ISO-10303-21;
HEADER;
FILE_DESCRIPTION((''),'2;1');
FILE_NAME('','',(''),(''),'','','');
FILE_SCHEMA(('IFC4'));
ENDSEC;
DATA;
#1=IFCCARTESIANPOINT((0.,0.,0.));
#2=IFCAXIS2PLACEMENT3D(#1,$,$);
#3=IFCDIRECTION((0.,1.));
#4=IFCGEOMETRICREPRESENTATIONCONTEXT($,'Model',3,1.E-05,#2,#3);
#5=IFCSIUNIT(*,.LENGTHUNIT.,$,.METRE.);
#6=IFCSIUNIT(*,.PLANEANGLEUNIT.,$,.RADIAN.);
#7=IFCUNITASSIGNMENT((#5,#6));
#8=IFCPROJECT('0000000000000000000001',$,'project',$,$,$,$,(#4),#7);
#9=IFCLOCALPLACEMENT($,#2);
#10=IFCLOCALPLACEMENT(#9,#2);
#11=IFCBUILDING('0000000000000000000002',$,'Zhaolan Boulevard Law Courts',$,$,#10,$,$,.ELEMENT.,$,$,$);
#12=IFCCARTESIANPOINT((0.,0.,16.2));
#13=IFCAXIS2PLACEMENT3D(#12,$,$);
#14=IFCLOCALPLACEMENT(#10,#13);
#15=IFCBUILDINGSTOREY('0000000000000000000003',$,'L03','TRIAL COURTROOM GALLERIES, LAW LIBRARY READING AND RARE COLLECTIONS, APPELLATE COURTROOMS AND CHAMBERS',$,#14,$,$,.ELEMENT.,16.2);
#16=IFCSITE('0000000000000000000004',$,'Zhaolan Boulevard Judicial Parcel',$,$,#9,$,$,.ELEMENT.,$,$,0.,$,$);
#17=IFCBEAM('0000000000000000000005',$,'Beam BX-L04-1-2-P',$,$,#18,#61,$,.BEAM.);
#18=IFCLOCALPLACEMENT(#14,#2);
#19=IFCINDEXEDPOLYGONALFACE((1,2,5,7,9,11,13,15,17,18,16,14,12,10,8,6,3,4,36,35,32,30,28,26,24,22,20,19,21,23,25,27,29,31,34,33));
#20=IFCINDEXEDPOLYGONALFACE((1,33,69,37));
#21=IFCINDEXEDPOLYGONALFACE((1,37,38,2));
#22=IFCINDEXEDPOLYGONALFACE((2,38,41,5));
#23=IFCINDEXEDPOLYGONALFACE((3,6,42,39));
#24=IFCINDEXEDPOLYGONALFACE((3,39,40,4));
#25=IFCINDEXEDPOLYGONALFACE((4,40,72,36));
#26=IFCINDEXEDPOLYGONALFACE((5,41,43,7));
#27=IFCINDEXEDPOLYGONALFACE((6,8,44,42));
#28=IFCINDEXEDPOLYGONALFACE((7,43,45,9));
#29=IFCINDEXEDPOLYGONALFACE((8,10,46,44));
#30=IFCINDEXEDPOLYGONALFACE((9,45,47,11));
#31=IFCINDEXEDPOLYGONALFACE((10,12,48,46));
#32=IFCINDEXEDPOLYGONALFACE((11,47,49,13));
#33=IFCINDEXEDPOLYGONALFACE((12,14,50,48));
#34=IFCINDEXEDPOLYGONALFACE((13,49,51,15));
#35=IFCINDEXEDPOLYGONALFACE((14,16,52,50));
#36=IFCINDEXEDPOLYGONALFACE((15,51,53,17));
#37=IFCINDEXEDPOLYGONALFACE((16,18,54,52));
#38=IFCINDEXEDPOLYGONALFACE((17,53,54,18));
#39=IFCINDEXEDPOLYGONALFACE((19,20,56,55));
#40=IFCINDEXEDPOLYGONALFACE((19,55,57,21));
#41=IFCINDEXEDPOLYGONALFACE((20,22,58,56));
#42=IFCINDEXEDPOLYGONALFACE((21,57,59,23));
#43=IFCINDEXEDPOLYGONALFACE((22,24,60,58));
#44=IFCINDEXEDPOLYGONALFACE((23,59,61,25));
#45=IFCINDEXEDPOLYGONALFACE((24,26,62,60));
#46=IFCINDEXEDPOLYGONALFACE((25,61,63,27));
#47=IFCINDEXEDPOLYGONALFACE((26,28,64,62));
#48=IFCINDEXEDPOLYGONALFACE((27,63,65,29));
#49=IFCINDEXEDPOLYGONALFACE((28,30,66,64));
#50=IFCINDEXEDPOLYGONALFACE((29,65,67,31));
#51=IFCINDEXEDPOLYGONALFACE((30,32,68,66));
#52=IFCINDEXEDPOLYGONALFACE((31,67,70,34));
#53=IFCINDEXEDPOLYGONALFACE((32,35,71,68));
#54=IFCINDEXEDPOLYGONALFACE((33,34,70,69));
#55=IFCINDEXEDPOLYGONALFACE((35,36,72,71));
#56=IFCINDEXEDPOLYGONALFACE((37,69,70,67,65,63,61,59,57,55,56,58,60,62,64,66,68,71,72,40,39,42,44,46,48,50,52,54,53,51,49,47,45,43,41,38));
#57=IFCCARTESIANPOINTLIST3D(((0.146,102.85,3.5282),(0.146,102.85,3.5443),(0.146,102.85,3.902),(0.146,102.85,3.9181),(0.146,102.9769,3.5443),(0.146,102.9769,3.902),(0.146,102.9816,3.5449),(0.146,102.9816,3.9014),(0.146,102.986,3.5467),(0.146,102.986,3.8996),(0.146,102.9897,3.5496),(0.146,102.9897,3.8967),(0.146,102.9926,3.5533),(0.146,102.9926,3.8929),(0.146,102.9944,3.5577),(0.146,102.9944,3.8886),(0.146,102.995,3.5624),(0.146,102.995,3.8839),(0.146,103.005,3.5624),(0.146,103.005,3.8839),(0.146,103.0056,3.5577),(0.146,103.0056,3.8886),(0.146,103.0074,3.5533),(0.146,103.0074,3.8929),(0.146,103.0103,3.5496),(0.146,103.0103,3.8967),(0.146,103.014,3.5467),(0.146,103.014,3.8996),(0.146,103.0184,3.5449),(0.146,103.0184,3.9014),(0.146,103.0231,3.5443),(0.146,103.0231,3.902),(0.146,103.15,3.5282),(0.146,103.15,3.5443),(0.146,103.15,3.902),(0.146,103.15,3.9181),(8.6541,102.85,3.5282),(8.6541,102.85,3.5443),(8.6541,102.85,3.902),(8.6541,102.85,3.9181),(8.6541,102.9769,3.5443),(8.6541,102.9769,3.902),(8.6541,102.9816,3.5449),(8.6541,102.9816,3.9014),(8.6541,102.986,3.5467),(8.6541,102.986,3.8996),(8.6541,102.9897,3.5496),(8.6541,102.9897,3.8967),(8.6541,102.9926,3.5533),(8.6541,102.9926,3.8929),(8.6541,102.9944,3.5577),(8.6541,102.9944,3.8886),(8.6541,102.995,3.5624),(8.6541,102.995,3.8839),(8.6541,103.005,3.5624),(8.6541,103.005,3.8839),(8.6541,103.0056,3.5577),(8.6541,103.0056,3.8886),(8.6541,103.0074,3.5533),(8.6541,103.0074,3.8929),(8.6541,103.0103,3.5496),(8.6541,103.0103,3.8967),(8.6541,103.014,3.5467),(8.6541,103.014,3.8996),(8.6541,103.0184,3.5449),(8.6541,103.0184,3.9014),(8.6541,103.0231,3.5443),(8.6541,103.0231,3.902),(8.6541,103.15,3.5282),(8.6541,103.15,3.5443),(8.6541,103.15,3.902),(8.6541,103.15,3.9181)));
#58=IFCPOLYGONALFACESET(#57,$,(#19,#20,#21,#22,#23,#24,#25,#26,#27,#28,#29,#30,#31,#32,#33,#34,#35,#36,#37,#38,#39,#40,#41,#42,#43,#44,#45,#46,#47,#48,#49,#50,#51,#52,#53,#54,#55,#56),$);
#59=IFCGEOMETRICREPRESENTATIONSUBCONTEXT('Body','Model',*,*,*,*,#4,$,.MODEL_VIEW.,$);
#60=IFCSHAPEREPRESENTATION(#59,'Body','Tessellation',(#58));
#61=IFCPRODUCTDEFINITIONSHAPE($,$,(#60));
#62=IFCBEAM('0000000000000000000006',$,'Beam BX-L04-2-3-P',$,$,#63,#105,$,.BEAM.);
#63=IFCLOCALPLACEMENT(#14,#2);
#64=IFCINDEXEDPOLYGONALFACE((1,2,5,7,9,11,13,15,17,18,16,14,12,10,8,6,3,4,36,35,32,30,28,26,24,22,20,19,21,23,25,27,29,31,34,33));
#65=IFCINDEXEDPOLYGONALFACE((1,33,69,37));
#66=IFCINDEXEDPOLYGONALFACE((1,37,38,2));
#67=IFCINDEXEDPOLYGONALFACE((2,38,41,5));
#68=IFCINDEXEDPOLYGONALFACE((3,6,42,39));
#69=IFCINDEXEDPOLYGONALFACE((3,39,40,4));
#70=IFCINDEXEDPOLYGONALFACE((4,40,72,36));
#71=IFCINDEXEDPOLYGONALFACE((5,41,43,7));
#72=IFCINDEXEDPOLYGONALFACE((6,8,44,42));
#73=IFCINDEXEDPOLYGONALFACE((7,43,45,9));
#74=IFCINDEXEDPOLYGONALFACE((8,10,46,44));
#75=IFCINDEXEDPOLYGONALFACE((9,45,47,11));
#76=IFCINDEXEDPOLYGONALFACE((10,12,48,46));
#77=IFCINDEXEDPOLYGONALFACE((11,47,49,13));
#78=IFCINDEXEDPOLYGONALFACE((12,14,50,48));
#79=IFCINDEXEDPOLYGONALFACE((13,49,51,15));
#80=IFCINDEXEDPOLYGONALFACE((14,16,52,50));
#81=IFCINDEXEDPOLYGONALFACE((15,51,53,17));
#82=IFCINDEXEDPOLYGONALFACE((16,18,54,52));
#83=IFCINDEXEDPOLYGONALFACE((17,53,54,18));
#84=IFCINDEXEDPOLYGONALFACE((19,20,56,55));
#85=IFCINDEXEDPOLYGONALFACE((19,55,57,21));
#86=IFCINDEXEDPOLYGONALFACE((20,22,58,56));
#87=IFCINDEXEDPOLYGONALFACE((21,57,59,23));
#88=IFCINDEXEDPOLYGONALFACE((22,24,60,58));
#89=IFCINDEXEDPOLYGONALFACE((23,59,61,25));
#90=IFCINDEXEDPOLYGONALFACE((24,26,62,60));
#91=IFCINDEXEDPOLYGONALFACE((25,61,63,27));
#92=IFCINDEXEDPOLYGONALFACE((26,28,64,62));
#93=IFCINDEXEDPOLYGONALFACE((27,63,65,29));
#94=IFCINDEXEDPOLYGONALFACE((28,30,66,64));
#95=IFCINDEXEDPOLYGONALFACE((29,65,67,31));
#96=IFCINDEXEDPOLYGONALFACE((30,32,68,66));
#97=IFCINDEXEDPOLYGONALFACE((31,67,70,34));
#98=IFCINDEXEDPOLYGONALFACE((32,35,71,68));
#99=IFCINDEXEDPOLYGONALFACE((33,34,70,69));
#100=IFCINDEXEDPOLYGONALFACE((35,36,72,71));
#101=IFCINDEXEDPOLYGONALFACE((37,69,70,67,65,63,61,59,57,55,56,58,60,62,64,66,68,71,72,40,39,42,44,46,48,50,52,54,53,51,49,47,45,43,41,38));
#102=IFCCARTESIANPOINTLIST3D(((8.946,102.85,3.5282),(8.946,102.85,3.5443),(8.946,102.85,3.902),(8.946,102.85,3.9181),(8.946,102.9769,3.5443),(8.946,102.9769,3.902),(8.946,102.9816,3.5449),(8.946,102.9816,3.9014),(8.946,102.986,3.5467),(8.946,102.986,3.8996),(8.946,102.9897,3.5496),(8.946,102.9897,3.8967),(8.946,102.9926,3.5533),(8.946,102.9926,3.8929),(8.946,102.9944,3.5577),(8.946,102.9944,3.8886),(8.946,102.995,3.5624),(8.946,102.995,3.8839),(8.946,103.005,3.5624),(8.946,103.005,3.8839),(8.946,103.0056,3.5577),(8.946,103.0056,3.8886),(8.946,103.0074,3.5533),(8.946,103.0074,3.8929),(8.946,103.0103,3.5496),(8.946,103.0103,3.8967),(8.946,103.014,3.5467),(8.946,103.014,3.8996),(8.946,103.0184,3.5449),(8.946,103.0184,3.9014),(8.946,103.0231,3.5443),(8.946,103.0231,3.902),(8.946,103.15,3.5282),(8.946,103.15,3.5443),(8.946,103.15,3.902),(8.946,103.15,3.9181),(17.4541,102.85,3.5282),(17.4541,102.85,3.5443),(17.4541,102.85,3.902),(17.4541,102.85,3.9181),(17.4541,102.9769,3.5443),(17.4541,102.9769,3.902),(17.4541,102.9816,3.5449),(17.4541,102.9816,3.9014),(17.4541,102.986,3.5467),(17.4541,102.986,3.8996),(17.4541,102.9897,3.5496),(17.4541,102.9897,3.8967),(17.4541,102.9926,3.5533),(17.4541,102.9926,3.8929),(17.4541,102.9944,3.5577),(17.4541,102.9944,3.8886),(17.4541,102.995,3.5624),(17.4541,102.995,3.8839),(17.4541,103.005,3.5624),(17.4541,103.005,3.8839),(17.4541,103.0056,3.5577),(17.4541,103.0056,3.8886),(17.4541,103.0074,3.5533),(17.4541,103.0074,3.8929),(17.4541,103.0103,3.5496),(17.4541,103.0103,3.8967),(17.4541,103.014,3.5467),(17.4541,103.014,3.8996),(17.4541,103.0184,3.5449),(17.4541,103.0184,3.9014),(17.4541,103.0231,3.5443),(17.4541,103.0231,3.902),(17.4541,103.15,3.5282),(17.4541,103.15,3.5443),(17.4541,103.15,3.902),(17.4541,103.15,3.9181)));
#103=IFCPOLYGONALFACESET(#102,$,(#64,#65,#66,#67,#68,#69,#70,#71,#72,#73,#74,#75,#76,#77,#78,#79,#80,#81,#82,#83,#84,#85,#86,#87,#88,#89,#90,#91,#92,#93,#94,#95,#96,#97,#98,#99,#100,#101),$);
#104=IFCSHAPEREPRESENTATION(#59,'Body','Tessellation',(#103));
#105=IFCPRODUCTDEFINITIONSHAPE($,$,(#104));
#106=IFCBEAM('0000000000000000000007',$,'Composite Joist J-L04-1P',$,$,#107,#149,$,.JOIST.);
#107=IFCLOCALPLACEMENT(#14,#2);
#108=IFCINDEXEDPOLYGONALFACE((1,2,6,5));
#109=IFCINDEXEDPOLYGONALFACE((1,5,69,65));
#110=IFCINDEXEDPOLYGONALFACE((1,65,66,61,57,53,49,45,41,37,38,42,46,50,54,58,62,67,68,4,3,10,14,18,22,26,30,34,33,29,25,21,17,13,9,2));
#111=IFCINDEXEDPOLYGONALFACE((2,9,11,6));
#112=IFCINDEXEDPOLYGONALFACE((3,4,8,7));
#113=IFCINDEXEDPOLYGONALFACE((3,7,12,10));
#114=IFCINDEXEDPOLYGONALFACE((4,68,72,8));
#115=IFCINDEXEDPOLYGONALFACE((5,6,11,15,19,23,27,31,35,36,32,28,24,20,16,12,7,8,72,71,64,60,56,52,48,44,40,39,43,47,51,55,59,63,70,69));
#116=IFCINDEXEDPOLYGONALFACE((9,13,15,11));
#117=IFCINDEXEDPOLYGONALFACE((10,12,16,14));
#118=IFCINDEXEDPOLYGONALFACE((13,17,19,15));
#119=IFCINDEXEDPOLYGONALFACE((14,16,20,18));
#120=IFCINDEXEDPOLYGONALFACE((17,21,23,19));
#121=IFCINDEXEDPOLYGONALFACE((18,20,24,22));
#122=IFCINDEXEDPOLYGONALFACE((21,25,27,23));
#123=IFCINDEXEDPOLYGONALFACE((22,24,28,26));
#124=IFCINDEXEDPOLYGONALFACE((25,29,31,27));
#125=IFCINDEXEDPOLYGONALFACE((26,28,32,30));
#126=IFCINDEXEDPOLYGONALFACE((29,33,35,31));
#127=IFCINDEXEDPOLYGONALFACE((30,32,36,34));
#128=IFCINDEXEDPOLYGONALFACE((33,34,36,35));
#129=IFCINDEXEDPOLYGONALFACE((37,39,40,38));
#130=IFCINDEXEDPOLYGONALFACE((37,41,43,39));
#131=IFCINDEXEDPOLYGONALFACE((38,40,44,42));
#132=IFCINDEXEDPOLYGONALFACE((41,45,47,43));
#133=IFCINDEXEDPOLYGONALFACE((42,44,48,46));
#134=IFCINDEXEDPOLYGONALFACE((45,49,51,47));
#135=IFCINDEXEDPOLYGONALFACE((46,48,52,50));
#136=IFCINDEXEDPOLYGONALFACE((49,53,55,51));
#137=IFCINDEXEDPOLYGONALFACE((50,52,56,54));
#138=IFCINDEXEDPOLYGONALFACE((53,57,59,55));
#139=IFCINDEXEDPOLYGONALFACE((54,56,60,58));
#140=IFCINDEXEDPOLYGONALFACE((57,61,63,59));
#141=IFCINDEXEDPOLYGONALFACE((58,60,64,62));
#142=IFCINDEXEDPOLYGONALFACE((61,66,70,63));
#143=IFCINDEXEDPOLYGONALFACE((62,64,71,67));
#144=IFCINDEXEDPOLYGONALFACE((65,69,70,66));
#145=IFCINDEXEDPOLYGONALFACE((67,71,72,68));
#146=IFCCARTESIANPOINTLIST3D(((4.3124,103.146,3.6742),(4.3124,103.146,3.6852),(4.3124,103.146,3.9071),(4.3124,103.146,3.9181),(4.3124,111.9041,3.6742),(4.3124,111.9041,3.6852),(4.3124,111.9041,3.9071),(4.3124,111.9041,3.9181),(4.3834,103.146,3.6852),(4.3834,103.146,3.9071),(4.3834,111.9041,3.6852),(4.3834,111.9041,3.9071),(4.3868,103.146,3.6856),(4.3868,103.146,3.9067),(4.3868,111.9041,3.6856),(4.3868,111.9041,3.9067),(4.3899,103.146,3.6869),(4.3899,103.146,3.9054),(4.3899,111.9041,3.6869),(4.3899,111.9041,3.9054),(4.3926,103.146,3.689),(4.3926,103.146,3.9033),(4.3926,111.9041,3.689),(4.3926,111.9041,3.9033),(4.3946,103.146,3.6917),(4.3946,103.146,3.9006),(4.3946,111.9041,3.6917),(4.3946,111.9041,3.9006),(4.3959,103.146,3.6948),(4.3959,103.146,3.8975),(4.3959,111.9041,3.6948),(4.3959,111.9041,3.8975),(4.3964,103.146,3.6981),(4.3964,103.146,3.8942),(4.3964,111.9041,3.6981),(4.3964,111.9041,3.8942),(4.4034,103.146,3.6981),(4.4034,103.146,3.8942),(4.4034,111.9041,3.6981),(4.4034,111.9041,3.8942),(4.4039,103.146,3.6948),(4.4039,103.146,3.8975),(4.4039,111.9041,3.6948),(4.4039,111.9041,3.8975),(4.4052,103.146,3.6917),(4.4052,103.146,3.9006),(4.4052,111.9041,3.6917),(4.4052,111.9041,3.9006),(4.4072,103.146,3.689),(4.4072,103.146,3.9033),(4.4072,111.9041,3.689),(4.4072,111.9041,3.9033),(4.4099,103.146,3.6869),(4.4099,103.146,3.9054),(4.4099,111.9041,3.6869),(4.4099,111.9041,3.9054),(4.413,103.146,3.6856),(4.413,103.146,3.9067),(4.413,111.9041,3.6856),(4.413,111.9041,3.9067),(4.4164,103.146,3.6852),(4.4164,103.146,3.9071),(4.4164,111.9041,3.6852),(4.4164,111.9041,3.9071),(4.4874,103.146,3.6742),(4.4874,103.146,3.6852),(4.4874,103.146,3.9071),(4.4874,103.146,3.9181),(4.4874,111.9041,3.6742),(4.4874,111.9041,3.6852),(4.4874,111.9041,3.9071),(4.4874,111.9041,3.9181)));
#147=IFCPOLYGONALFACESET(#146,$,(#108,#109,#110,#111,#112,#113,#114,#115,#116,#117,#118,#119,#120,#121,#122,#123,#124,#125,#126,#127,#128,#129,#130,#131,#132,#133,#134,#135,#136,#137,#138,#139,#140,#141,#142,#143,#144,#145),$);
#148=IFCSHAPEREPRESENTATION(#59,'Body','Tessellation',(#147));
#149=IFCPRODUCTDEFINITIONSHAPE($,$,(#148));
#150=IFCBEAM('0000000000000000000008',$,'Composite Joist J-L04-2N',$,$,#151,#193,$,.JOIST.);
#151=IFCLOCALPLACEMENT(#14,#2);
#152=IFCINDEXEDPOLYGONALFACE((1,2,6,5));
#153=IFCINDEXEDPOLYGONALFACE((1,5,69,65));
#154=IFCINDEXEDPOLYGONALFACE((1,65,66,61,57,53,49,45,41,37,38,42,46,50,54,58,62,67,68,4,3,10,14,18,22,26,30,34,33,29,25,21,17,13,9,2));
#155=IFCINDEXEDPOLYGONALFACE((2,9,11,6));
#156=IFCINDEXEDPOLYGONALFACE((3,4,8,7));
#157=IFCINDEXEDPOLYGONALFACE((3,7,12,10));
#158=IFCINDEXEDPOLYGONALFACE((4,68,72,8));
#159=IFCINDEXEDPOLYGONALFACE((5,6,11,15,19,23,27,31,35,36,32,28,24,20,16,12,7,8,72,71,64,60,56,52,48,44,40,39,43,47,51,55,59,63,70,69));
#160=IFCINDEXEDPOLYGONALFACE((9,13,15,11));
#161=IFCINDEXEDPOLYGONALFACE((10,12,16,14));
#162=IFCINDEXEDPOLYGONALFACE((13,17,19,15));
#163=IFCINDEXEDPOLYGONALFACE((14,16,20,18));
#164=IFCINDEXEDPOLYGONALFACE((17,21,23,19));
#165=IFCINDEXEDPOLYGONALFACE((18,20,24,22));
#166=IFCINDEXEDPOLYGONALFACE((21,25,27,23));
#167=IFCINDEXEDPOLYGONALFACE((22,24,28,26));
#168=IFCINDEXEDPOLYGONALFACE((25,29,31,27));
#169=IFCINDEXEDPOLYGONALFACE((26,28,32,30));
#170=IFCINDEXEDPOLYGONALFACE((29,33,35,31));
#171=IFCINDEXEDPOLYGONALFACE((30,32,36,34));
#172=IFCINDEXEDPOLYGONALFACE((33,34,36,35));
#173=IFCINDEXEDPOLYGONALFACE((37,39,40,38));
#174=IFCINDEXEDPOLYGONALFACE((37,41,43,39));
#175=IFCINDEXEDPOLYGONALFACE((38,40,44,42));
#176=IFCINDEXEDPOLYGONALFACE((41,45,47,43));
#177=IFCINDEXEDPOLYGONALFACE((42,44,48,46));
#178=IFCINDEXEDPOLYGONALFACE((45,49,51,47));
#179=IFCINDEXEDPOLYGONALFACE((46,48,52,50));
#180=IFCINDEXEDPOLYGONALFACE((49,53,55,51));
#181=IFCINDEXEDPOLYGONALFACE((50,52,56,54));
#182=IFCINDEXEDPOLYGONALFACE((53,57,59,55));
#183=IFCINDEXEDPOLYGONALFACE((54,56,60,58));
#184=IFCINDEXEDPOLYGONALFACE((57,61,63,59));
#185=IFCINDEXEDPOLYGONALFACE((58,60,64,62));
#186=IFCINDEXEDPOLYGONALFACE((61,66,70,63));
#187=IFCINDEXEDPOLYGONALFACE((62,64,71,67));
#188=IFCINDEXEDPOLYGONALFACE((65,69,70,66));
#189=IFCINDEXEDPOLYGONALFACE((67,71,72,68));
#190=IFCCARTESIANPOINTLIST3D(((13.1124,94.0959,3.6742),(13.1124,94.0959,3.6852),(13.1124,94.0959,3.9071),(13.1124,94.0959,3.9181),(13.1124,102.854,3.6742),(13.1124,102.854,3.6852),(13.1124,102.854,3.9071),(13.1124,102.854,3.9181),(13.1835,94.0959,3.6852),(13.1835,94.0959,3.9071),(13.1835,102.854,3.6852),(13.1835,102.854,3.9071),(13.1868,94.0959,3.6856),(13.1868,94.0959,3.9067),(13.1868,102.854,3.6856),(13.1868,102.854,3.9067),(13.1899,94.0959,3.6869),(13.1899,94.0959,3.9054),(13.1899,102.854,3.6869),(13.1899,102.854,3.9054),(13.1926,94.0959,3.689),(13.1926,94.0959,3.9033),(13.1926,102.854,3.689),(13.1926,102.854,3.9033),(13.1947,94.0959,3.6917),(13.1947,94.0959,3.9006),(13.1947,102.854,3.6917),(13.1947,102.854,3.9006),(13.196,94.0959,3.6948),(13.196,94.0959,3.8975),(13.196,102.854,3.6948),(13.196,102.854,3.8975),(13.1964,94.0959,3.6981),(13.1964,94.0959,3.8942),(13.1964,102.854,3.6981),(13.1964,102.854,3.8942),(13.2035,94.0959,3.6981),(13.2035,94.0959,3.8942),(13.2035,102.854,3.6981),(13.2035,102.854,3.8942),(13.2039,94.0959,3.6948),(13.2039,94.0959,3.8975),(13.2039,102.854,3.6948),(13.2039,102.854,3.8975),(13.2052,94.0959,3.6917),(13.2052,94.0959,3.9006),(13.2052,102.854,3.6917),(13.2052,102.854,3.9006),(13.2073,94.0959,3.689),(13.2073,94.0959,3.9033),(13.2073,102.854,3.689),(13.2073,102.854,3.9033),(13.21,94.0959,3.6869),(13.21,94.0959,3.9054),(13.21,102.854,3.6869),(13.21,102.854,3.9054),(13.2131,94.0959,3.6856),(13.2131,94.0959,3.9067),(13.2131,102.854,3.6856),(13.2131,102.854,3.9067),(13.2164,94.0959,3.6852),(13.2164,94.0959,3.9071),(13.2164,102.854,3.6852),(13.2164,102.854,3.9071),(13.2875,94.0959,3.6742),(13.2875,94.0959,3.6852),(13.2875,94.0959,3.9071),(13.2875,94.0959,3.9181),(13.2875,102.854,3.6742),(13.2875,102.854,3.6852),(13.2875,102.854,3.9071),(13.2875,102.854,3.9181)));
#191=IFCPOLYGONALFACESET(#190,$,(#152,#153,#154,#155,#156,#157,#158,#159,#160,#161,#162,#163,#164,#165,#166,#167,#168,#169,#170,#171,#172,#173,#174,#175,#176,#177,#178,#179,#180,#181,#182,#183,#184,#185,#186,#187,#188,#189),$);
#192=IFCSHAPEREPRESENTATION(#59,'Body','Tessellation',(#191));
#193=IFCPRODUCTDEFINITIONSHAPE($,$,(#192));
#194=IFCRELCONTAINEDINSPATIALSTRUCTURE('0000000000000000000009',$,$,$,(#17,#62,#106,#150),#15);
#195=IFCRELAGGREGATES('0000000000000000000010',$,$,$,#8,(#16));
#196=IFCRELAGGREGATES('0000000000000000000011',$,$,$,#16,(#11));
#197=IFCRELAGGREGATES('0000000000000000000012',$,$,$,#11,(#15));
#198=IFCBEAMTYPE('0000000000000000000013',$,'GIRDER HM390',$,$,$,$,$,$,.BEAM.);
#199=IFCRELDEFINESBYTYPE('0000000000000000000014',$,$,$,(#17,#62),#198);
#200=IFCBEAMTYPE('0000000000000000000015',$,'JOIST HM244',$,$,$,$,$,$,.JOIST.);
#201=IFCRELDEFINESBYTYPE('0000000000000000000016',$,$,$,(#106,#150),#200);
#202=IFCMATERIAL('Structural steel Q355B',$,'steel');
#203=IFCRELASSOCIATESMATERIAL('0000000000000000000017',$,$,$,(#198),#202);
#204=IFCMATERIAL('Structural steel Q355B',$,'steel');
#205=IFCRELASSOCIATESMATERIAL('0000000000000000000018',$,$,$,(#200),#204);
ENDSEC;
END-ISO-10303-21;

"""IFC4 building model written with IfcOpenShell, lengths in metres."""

from ifc_helpers import new_model, si_unit, direction, frame, origin, origin_2d, place, context, subcontext, project, spatial, i_section, extrude, material, material_profile, profile_set, type_object, element, save


model = new_model("IFC4")

# Units and contexts
model_context = context("Model", 3, precision=1e-05, world=origin(), true_north=direction((0.0, 1.0)))
body_context = subcontext(model_context, "Body", "Model", "MODEL_VIEW")
ifc_project = project(units=[si_unit("LENGTHUNIT", "METRE"), si_unit("PLANEANGLEUNIT", "RADIAN")], contexts=[model_context])

# Site, building, storey
site_placement = place(None, origin())
site = spatial("IfcSite", under=ifc_project, at=site_placement, Name="Zhaolan Boulevard Judicial Parcel", CompositionType="ELEMENT", RefElevation=0.0)
building_placement = place(site_placement, origin())
building = spatial("IfcBuilding", under=site, at=building_placement, Name="Zhaolan Boulevard Law Courts", CompositionType="ELEMENT")
storey_placement = place(building_placement, frame((0.0, 0.0, 16.2)))
storey = spatial("IfcBuildingStorey", under=building, at=storey_placement, Name="L03", Description="TRIAL COURTROOM GALLERIES, LAW LIBRARY READING AND RARE COLLECTIONS, APPELLATE COURTROOMS AND CHAMBERS", CompositionType="ELEMENT", Elevation=16.2)

# Beams
ifc_material_1 = material(Name="Structural steel Q355B", Category="steel")
ifc_material_profile_1 = material_profile(ifc_material_1, i_section(OverallWidth=0.3, OverallDepth=0.3899, WebThickness=0.01, FlangeThickness=0.0161, FilletRadius=0.0181, at=origin_2d()), Name="HM390x300")
ifc_profile_set_1 = profile_set([ifc_material_profile_1], Name="Structural steel Q355B")
beam_type_1 = type_object("IfcBeamType", Name="GIRDER HM390", PredefinedType="BEAM", material=ifc_profile_set_1)
for number, where, z_axis, x_axis, name in (
    (1, (0.146, 103.0, 3.7231), (1.0, 0.0, 0.0), (0.0, 1.0, 0.0), "Beam BX-L04-1-2-P"),
    (2, (8.946, 103.0, 3.7231), (1.0, 0.0, 0.0), (0.0, 1.0, 0.0), "Beam BX-L04-2-3-P"),
):
    element("IfcBeam", number, at=place(storey_placement, frame(where, z_axis=z_axis, x_axis=x_axis)), inside=storey, type_object=beam_type_1, Name=name, PredefinedType="BEAM", context=body_context, shape_type="SweptSolid", body=[
        extrude(i_section(OverallWidth=0.3, OverallDepth=0.3899, WebThickness=0.01, FlangeThickness=0.0161, FilletRadius=0.0181, at=origin_2d()), origin(), (0.0, 0.0, 1.0), 8.5081),
    ])
ifc_material_2 = material(Name="Structural steel Q355B", Category="steel")
ifc_material_profile_2 = material_profile(ifc_material_2, i_section(OverallWidth=0.175, OverallDepth=0.2439, WebThickness=0.0071, FlangeThickness=0.011, FilletRadius=0.0129, at=origin_2d()), Name="HM244x175")
ifc_profile_set_2 = profile_set([ifc_material_profile_2], Name="Structural steel Q355B")
beam_type_2 = type_object("IfcBeamType", Name="JOIST HM244", PredefinedType="JOIST", material=ifc_profile_set_2)
for number, where, z_axis, x_axis, name in (
    (3, (4.3999, 103.146, 3.7961), (0.0, 1.0, 0.0), (-1.0, 0.0, 0.0), "Composite Joist J-L04-1P"),
    (4, (13.2, 94.0959, 3.7961), (0.0, 1.0, 0.0), (-1.0, 0.0, 0.0), "Composite Joist J-L04-2N"),
):
    element("IfcBeam", number, at=place(storey_placement, frame(where, z_axis=z_axis, x_axis=x_axis)), inside=storey, type_object=beam_type_2, Name=name, PredefinedType="JOIST", context=body_context, shape_type="SweptSolid", body=[
        extrude(i_section(OverallWidth=0.175, OverallDepth=0.2439, WebThickness=0.0071, FlangeThickness=0.011, FilletRadius=0.0129, at=origin_2d()), origin(), (0.0, 0.0, 1.0), 8.7581),
    ])

save(model, "model.ifc")
